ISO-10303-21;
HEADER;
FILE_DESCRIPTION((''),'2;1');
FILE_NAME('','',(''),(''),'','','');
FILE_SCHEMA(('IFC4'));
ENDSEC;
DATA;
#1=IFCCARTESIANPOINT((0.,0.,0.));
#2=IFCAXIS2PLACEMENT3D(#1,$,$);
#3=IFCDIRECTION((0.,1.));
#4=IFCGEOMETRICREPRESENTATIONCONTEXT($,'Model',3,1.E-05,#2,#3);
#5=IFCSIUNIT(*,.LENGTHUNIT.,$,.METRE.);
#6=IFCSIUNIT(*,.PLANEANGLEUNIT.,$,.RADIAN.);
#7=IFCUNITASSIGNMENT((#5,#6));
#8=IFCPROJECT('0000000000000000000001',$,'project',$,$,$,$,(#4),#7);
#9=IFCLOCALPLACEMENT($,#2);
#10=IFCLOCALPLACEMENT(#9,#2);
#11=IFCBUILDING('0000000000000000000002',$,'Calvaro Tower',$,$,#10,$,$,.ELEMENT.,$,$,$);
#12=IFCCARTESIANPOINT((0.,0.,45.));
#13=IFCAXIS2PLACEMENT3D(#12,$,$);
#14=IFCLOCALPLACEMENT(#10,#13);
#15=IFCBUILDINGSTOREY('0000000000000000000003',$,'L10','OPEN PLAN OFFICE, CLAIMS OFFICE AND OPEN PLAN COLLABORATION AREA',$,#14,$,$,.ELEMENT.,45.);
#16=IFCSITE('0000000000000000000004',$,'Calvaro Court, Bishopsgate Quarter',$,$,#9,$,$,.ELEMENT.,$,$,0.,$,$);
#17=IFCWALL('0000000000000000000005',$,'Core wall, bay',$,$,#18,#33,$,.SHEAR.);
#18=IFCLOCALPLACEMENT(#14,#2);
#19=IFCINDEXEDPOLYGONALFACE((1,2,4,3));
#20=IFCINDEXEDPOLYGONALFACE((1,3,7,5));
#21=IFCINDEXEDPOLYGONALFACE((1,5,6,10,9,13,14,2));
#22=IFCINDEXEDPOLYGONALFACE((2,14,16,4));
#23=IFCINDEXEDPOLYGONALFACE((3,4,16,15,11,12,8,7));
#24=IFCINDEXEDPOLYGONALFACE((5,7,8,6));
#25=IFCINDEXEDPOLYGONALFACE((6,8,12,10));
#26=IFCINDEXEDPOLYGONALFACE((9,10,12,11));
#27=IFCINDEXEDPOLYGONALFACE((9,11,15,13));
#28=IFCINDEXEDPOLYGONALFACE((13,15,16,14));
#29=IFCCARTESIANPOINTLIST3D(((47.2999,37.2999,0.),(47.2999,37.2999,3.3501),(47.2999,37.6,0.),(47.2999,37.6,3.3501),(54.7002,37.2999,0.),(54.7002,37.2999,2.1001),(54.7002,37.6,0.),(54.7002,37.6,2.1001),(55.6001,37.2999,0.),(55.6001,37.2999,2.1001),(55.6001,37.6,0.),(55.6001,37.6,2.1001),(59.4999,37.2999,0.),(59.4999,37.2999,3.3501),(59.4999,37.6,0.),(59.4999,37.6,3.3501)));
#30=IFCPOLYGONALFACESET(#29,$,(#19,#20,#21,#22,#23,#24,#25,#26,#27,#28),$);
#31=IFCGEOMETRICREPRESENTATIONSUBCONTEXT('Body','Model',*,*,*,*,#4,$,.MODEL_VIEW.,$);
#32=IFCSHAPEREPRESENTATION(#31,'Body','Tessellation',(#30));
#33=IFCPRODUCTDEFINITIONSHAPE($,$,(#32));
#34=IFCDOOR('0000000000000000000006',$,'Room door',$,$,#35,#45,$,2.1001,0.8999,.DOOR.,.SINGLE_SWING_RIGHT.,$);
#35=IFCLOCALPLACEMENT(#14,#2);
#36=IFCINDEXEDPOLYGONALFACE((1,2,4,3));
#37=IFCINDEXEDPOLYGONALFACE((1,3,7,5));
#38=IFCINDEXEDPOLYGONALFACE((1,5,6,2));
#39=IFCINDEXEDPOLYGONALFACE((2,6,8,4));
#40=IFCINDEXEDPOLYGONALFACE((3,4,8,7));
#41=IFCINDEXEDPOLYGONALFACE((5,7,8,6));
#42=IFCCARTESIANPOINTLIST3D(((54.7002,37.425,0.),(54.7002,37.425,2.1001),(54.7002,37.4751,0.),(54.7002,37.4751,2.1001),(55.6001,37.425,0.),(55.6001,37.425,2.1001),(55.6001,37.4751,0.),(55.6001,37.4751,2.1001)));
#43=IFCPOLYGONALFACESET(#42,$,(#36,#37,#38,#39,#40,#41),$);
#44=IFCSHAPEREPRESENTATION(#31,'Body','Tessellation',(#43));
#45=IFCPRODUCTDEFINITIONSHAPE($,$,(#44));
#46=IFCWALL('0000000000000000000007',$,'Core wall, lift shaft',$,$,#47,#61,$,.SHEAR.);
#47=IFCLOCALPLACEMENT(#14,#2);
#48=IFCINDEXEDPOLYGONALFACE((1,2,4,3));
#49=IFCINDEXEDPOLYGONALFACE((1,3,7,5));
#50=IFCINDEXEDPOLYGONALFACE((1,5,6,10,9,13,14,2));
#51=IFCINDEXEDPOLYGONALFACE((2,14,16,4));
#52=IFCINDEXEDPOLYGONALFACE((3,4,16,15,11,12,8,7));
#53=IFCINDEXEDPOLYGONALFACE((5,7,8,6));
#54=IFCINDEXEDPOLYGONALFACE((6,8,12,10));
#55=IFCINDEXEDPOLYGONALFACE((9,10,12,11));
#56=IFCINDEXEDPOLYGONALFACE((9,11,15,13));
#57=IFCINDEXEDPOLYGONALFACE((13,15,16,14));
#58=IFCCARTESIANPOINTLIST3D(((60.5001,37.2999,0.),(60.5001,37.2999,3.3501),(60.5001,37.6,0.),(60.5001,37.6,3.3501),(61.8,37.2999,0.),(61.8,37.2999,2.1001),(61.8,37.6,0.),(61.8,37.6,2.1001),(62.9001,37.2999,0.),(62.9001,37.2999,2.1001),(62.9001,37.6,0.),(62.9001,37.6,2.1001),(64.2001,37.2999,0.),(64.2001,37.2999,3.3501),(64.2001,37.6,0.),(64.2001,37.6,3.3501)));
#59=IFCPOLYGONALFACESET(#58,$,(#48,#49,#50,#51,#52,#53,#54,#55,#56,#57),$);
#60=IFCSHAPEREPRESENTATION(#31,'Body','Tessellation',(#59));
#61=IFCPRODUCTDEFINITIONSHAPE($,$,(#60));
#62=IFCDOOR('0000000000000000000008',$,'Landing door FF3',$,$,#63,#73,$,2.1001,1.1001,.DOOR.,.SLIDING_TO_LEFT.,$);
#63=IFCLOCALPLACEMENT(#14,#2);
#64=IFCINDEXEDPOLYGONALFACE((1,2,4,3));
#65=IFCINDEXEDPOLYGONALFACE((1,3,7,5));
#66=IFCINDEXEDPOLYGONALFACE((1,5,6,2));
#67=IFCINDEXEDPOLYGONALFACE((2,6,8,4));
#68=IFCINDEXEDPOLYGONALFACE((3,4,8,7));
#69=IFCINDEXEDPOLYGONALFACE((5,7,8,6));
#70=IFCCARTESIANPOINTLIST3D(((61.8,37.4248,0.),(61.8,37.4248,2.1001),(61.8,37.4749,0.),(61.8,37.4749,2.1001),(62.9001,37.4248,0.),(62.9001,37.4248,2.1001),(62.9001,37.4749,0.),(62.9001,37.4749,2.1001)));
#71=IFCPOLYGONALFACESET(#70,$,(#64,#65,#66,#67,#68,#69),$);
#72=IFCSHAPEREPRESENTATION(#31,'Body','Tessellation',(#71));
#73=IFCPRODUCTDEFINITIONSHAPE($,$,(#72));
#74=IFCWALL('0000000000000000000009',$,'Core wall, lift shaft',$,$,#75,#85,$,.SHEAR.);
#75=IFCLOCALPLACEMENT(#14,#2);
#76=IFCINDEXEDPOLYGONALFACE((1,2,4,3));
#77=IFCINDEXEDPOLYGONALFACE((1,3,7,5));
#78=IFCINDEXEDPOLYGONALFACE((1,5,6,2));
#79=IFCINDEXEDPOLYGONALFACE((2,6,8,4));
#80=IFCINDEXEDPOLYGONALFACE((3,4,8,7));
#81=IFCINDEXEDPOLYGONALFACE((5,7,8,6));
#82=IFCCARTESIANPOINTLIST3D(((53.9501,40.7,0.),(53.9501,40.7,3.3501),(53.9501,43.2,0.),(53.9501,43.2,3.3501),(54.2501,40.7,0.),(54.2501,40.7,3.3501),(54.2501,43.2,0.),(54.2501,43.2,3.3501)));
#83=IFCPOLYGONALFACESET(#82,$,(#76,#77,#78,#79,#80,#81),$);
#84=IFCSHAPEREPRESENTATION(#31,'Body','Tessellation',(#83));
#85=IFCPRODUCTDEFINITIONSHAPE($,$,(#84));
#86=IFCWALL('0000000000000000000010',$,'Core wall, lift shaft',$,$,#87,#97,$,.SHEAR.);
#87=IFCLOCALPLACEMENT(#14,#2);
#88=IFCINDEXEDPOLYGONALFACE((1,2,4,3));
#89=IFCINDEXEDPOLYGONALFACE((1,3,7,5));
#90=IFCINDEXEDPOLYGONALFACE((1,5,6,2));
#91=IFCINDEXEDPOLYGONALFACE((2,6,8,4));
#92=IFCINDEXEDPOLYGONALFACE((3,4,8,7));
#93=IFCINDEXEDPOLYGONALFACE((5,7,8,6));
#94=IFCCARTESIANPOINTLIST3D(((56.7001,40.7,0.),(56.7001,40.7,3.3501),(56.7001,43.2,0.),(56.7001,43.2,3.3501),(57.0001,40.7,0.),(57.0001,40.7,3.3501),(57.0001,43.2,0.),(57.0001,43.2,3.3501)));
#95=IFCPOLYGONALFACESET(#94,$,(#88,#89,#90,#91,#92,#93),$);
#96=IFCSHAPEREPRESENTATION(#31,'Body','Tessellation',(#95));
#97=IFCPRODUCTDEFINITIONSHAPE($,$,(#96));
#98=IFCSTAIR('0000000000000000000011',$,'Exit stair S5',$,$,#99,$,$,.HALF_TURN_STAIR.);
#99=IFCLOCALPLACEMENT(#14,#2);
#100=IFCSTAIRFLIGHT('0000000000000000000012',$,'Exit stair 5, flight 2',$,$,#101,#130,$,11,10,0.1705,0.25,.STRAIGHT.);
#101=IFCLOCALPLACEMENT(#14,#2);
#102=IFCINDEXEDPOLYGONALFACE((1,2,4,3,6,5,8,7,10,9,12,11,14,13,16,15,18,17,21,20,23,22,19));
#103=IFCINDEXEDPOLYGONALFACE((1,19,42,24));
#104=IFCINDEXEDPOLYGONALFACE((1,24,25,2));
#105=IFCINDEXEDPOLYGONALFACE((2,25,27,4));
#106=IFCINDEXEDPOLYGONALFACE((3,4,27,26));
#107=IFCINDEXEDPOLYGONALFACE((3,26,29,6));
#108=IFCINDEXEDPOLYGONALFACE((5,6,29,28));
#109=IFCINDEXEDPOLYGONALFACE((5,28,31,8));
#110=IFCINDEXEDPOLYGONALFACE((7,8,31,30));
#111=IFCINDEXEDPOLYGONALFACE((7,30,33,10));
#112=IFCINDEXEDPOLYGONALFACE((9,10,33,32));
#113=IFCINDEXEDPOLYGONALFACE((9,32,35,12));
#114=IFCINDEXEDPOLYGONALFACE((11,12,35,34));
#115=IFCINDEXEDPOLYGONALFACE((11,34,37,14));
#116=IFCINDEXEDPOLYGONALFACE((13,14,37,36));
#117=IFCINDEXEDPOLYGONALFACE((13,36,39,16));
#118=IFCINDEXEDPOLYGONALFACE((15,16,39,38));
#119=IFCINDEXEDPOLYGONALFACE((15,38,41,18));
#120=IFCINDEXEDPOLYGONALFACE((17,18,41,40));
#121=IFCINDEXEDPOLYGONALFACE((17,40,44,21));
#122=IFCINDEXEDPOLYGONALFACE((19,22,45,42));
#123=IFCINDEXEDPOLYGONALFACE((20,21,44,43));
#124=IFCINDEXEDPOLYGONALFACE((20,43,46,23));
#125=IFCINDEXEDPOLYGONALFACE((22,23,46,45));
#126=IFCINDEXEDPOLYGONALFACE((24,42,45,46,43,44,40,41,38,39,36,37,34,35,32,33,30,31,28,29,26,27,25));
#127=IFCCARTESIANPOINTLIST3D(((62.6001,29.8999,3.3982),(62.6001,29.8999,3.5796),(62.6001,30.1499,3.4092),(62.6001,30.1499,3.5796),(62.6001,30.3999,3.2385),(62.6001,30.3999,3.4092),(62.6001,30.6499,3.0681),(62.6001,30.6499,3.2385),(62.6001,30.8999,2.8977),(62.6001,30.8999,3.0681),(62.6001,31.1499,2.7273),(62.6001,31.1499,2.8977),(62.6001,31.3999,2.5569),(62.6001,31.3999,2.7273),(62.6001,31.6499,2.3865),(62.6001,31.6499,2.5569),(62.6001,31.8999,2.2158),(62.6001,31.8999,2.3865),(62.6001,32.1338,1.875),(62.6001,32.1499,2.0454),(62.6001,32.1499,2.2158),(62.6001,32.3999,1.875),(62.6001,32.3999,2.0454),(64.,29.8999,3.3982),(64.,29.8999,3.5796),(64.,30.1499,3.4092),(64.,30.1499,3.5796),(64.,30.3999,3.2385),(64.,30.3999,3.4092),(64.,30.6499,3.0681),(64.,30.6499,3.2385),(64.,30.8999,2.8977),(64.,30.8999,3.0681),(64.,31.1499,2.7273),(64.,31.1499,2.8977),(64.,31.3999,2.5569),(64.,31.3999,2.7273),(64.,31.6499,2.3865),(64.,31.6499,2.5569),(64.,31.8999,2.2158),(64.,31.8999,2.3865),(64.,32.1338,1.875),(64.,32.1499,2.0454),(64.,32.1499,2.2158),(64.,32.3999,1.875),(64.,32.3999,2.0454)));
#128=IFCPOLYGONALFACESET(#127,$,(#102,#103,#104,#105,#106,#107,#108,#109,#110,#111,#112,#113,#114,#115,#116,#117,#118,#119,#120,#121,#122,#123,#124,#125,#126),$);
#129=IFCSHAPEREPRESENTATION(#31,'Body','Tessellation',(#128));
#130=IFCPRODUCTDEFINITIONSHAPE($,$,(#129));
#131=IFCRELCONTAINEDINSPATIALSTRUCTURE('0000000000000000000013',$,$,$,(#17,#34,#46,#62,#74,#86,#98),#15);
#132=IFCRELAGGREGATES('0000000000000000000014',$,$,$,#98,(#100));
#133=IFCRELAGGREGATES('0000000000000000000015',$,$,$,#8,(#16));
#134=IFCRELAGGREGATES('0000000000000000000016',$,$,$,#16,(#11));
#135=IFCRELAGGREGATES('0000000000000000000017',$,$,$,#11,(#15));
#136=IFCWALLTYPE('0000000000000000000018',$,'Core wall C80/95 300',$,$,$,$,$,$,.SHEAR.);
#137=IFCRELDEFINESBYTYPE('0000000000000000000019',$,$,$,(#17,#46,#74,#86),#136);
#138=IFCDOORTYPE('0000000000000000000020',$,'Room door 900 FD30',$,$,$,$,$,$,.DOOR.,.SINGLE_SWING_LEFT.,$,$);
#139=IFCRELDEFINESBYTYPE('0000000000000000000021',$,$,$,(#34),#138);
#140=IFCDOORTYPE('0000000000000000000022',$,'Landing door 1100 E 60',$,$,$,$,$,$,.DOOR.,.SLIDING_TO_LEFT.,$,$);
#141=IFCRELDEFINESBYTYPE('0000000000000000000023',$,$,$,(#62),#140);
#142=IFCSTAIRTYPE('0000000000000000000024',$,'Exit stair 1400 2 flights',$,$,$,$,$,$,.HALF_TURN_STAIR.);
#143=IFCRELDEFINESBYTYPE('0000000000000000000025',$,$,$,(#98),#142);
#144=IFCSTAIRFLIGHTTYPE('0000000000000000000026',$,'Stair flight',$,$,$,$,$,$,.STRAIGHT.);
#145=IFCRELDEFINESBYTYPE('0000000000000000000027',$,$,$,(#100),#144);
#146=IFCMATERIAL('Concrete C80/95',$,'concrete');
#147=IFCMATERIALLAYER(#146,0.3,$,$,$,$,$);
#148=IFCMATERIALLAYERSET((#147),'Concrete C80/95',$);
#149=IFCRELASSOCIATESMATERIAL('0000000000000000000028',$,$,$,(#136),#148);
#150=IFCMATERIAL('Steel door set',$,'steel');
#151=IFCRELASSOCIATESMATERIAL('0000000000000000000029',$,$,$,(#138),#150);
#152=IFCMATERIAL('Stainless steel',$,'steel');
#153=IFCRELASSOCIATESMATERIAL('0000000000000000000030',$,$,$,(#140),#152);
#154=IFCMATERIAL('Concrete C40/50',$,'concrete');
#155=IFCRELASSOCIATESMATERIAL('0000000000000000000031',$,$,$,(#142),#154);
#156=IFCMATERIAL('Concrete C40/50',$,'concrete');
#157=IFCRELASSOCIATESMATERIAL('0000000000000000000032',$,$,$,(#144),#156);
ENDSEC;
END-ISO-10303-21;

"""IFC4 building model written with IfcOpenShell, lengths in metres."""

from ifc_helpers import new_model, si_unit, direction, frame, frame_2d, origin, place, context, subcontext, project, spatial, polyline, rectangle, outline, extrude, material, layer, layer_set, type_object, element, fill, aggregate, save


model = new_model("IFC4")

# Units and contexts
model_context = context("Model", 3, precision=1e-05, world=origin(), true_north=direction((0.0, 1.0)))
body_context = subcontext(model_context, "Body", "Model", "MODEL_VIEW")
ifc_project = project(units=[si_unit("LENGTHUNIT", "METRE"), si_unit("PLANEANGLEUNIT", "RADIAN")], contexts=[model_context])

# Site, building, storey
site_placement = place(None, origin())
site = spatial("IfcSite", under=ifc_project, at=site_placement, Name="Calvaro Court, Bishopsgate Quarter", CompositionType="ELEMENT", RefElevation=0.0)
building_placement = place(site_placement, origin())
building = spatial("IfcBuilding", under=site, at=building_placement, Name="Calvaro Tower", CompositionType="ELEMENT")
storey_placement = place(building_placement, frame((0.0, 0.0, 45.0)))
storey = spatial("IfcBuildingStorey", under=building, at=storey_placement, Name="L10", Description="OPEN PLAN OFFICE, CLAIMS OFFICE AND OPEN PLAN COLLABORATION AREA", CompositionType="ELEMENT", Elevation=45.0)

# Shared definitions
ifc_material_1 = material(Name="Concrete C80/95", Category="concrete")
ifc_layer_1 = layer(ifc_material_1, 0.3)
ifc_layer_set_1 = layer_set([ifc_layer_1], Name="Concrete C80/95")
wall_type_1 = type_object("IfcWallType", Name="Core wall C80/95 300", PredefinedType="SHEAR", material=ifc_layer_set_1)

# Walls, openings, doors
wall_1_placement = place(storey_placement, frame((59.5, 37.45, 0.0), z_axis=(0.0, 0.0, 1.0), x_axis=(-1.0, 0.0, 0.0)))
wall_1 = element("IfcWall", 1, at=wall_1_placement, inside=storey, type_object=wall_type_1, Name="Core wall, bay", PredefinedType="SHEAR", context=body_context, shape_type="SweptSolid", body=[
    extrude(rectangle(XDim=12.2, YDim=0.3, at=frame_2d((6.1001, 0.0))), origin(), (0.0, 0.0, 1.0), 3.3501),
])
opening_1_placement = place(wall_1_placement, frame((3.8999, 0.0, 0.0)))
opening_1 = element("IfcOpeningElement", 2, at=opening_1_placement, cuts=wall_1, PredefinedType="OPENING", context=body_context, shape_type="SweptSolid", body=[
    extrude(rectangle(XDim=0.8999, YDim=2.1001, at=frame_2d((0.45, 1.05))), frame((0.0, 0.1599, 0.0), z_axis=(0.0, -1.0, 0.0), x_axis=(1.0, 0.0, 0.0)), (0.0, 0.0, 1.0), 0.3201),
])
ifc_material_2 = material(Name="Steel door set", Category="steel")
door_type_1 = type_object("IfcDoorType", Name="Room door 900 FD30", OperationType="SINGLE_SWING_LEFT", PredefinedType="DOOR", material=ifc_material_2)
door_1_placement = place(opening_1_placement, origin())
door_1 = element("IfcDoor", 3, at=door_1_placement, inside=storey, type_object=door_type_1, Name="Room door", OperationType="SINGLE_SWING_RIGHT", OverallHeight=2.1001, OverallWidth=0.8999, PredefinedType="DOOR", context=body_context, shape_type="SweptSolid", body=[
    extrude(rectangle(XDim=0.8999, YDim=2.1001, at=frame_2d((0.45, 1.05))), frame((0.0, 0.0249, 0.0), z_axis=(0.0, -1.0, 0.0), x_axis=(1.0, 0.0, 0.0)), (0.0, 0.0, 1.0), 0.05),
])
fill(opening_1, door_1)
wall_2_placement = place(storey_placement, frame((60.5, 37.45, 0.0), z_axis=(0.0, 0.0, 1.0), x_axis=(1.0, 0.0, 0.0)))
wall_2 = element("IfcWall", 4, at=wall_2_placement, inside=storey, type_object=wall_type_1, Name="Core wall, lift shaft", PredefinedType="SHEAR", context=body_context, shape_type="SweptSolid", body=[
    extrude(rectangle(XDim=3.7, YDim=0.3, at=frame_2d((1.8501, 0.0))), origin(), (0.0, 0.0, 1.0), 3.3501),
])
opening_2_placement = place(wall_2_placement, frame((1.3, 0.0, 0.0)))
opening_2 = element("IfcOpeningElement", 5, at=opening_2_placement, cuts=wall_2, PredefinedType="OPENING", context=body_context, shape_type="SweptSolid", body=[
    extrude(rectangle(XDim=1.1001, YDim=2.1001, at=frame_2d((0.55, 1.05))), frame((0.0, 0.1599, 0.0), z_axis=(0.0, -1.0, 0.0), x_axis=(1.0, 0.0, 0.0)), (0.0, 0.0, 1.0), 0.3201),
])
ifc_material_3 = material(Name="Stainless steel", Category="steel")
door_type_2 = type_object("IfcDoorType", Name="Landing door 1100 E 60", OperationType="SLIDING_TO_LEFT", PredefinedType="DOOR", material=ifc_material_3)
door_2_placement = place(opening_2_placement, origin())
door_2 = element("IfcDoor", 6, at=door_2_placement, inside=storey, type_object=door_type_2, Name="Landing door FF3", OperationType="SLIDING_TO_LEFT", OverallHeight=2.1001, OverallWidth=1.1001, PredefinedType="DOOR", context=body_context, shape_type="SweptSolid", body=[
    extrude(rectangle(XDim=1.1001, YDim=2.1001, at=frame_2d((0.55, 1.05))), frame((0.0, 0.0249, 0.0), z_axis=(0.0, -1.0, 0.0), x_axis=(1.0, 0.0, 0.0)), (0.0, 0.0, 1.0), 0.05),
])
fill(opening_2, door_2)

# Walls
for number, where, z_axis, x_axis, name in (
    (7, (54.1001, 40.7, 0.0), (0.0, 0.0, 1.0), (0.0, 1.0, 0.0), "Core wall, lift shaft"),
    (8, (56.8501, 40.7, 0.0), (0.0, 0.0, 1.0), (0.0, 1.0, 0.0), "Core wall, lift shaft"),
):
    element("IfcWall", number, at=place(storey_placement, frame(where, z_axis=z_axis, x_axis=x_axis)), inside=storey, type_object=wall_type_1, Name=name, PredefinedType="SHEAR", context=body_context, shape_type="SweptSolid", body=[
        extrude(rectangle(XDim=2.5, YDim=0.3, at=frame_2d((1.25, 0.0))), origin(), (0.0, 0.0, 1.0), 3.3501),
    ])

# Stair, stair flight
ifc_material_4 = material(Name="Concrete C40/50", Category="concrete")
stair_type = type_object("IfcStairType", Name="Exit stair 1400 2 flights", PredefinedType="HALF_TURN_STAIR", material=ifc_material_4)
stair_1_placement = place(storey_placement, origin())
stair_1 = element("IfcStair", 9, at=stair_1_placement, inside=storey, type_object=stair_type, Name="Exit stair S5", PredefinedType="HALF_TURN_STAIR")
ifc_material_5 = material(Name="Concrete C40/50", Category="concrete")
stair_flight_type = type_object("IfcStairFlightType", Name="Stair flight", PredefinedType="STRAIGHT", material=ifc_material_5)
stair_flight_placement = place(storey_placement, frame((63.3, 32.3999, 1.875), z_axis=(0.0, 0.0, 1.0), x_axis=(0.0, -1.0, 0.0)))
stair_flight = element("IfcStairFlight", 10, at=stair_flight_placement, type_object=stair_flight_type, Name="Exit stair 5, flight 2", NumberOfRisers=11, NumberOfTreads=10, PredefinedType="STRAIGHT", RiserHeight=0.1705, TreadLength=0.25, context=body_context, shape_type="SweptSolid", body=[
    extrude(outline(polyline([(0.0, 0.0), (0.0, 0.1704), (0.25, 0.1704), (0.25, 0.3408), (0.5, 0.3408), (0.5, 0.5115), (0.75, 0.5115), (0.75, 0.6819), (1.0, 0.6819), (1.0, 0.8523), (1.25, 0.8523), (1.25, 1.0227), (1.5, 1.0227), (1.5, 1.1931), (1.75, 1.1931), (1.75, 1.3635), (2.0, 1.3635), (2.0, 1.5342), (2.25, 1.5342), (2.25, 1.7046), (2.5, 1.7046), (2.5, 1.875), (2.5, 1.5232), (0.2661, 0.0), (0.0, 0.0)])), frame((0.0, 0.7, 0.0), z_axis=(0.0, -1.0, 0.0), x_axis=(1.0, 0.0, 0.0)), (0.0, 0.0, 1.0), 1.3999),
])

aggregate(stair_1, [stair_flight])

save(model, "model.ifc")
